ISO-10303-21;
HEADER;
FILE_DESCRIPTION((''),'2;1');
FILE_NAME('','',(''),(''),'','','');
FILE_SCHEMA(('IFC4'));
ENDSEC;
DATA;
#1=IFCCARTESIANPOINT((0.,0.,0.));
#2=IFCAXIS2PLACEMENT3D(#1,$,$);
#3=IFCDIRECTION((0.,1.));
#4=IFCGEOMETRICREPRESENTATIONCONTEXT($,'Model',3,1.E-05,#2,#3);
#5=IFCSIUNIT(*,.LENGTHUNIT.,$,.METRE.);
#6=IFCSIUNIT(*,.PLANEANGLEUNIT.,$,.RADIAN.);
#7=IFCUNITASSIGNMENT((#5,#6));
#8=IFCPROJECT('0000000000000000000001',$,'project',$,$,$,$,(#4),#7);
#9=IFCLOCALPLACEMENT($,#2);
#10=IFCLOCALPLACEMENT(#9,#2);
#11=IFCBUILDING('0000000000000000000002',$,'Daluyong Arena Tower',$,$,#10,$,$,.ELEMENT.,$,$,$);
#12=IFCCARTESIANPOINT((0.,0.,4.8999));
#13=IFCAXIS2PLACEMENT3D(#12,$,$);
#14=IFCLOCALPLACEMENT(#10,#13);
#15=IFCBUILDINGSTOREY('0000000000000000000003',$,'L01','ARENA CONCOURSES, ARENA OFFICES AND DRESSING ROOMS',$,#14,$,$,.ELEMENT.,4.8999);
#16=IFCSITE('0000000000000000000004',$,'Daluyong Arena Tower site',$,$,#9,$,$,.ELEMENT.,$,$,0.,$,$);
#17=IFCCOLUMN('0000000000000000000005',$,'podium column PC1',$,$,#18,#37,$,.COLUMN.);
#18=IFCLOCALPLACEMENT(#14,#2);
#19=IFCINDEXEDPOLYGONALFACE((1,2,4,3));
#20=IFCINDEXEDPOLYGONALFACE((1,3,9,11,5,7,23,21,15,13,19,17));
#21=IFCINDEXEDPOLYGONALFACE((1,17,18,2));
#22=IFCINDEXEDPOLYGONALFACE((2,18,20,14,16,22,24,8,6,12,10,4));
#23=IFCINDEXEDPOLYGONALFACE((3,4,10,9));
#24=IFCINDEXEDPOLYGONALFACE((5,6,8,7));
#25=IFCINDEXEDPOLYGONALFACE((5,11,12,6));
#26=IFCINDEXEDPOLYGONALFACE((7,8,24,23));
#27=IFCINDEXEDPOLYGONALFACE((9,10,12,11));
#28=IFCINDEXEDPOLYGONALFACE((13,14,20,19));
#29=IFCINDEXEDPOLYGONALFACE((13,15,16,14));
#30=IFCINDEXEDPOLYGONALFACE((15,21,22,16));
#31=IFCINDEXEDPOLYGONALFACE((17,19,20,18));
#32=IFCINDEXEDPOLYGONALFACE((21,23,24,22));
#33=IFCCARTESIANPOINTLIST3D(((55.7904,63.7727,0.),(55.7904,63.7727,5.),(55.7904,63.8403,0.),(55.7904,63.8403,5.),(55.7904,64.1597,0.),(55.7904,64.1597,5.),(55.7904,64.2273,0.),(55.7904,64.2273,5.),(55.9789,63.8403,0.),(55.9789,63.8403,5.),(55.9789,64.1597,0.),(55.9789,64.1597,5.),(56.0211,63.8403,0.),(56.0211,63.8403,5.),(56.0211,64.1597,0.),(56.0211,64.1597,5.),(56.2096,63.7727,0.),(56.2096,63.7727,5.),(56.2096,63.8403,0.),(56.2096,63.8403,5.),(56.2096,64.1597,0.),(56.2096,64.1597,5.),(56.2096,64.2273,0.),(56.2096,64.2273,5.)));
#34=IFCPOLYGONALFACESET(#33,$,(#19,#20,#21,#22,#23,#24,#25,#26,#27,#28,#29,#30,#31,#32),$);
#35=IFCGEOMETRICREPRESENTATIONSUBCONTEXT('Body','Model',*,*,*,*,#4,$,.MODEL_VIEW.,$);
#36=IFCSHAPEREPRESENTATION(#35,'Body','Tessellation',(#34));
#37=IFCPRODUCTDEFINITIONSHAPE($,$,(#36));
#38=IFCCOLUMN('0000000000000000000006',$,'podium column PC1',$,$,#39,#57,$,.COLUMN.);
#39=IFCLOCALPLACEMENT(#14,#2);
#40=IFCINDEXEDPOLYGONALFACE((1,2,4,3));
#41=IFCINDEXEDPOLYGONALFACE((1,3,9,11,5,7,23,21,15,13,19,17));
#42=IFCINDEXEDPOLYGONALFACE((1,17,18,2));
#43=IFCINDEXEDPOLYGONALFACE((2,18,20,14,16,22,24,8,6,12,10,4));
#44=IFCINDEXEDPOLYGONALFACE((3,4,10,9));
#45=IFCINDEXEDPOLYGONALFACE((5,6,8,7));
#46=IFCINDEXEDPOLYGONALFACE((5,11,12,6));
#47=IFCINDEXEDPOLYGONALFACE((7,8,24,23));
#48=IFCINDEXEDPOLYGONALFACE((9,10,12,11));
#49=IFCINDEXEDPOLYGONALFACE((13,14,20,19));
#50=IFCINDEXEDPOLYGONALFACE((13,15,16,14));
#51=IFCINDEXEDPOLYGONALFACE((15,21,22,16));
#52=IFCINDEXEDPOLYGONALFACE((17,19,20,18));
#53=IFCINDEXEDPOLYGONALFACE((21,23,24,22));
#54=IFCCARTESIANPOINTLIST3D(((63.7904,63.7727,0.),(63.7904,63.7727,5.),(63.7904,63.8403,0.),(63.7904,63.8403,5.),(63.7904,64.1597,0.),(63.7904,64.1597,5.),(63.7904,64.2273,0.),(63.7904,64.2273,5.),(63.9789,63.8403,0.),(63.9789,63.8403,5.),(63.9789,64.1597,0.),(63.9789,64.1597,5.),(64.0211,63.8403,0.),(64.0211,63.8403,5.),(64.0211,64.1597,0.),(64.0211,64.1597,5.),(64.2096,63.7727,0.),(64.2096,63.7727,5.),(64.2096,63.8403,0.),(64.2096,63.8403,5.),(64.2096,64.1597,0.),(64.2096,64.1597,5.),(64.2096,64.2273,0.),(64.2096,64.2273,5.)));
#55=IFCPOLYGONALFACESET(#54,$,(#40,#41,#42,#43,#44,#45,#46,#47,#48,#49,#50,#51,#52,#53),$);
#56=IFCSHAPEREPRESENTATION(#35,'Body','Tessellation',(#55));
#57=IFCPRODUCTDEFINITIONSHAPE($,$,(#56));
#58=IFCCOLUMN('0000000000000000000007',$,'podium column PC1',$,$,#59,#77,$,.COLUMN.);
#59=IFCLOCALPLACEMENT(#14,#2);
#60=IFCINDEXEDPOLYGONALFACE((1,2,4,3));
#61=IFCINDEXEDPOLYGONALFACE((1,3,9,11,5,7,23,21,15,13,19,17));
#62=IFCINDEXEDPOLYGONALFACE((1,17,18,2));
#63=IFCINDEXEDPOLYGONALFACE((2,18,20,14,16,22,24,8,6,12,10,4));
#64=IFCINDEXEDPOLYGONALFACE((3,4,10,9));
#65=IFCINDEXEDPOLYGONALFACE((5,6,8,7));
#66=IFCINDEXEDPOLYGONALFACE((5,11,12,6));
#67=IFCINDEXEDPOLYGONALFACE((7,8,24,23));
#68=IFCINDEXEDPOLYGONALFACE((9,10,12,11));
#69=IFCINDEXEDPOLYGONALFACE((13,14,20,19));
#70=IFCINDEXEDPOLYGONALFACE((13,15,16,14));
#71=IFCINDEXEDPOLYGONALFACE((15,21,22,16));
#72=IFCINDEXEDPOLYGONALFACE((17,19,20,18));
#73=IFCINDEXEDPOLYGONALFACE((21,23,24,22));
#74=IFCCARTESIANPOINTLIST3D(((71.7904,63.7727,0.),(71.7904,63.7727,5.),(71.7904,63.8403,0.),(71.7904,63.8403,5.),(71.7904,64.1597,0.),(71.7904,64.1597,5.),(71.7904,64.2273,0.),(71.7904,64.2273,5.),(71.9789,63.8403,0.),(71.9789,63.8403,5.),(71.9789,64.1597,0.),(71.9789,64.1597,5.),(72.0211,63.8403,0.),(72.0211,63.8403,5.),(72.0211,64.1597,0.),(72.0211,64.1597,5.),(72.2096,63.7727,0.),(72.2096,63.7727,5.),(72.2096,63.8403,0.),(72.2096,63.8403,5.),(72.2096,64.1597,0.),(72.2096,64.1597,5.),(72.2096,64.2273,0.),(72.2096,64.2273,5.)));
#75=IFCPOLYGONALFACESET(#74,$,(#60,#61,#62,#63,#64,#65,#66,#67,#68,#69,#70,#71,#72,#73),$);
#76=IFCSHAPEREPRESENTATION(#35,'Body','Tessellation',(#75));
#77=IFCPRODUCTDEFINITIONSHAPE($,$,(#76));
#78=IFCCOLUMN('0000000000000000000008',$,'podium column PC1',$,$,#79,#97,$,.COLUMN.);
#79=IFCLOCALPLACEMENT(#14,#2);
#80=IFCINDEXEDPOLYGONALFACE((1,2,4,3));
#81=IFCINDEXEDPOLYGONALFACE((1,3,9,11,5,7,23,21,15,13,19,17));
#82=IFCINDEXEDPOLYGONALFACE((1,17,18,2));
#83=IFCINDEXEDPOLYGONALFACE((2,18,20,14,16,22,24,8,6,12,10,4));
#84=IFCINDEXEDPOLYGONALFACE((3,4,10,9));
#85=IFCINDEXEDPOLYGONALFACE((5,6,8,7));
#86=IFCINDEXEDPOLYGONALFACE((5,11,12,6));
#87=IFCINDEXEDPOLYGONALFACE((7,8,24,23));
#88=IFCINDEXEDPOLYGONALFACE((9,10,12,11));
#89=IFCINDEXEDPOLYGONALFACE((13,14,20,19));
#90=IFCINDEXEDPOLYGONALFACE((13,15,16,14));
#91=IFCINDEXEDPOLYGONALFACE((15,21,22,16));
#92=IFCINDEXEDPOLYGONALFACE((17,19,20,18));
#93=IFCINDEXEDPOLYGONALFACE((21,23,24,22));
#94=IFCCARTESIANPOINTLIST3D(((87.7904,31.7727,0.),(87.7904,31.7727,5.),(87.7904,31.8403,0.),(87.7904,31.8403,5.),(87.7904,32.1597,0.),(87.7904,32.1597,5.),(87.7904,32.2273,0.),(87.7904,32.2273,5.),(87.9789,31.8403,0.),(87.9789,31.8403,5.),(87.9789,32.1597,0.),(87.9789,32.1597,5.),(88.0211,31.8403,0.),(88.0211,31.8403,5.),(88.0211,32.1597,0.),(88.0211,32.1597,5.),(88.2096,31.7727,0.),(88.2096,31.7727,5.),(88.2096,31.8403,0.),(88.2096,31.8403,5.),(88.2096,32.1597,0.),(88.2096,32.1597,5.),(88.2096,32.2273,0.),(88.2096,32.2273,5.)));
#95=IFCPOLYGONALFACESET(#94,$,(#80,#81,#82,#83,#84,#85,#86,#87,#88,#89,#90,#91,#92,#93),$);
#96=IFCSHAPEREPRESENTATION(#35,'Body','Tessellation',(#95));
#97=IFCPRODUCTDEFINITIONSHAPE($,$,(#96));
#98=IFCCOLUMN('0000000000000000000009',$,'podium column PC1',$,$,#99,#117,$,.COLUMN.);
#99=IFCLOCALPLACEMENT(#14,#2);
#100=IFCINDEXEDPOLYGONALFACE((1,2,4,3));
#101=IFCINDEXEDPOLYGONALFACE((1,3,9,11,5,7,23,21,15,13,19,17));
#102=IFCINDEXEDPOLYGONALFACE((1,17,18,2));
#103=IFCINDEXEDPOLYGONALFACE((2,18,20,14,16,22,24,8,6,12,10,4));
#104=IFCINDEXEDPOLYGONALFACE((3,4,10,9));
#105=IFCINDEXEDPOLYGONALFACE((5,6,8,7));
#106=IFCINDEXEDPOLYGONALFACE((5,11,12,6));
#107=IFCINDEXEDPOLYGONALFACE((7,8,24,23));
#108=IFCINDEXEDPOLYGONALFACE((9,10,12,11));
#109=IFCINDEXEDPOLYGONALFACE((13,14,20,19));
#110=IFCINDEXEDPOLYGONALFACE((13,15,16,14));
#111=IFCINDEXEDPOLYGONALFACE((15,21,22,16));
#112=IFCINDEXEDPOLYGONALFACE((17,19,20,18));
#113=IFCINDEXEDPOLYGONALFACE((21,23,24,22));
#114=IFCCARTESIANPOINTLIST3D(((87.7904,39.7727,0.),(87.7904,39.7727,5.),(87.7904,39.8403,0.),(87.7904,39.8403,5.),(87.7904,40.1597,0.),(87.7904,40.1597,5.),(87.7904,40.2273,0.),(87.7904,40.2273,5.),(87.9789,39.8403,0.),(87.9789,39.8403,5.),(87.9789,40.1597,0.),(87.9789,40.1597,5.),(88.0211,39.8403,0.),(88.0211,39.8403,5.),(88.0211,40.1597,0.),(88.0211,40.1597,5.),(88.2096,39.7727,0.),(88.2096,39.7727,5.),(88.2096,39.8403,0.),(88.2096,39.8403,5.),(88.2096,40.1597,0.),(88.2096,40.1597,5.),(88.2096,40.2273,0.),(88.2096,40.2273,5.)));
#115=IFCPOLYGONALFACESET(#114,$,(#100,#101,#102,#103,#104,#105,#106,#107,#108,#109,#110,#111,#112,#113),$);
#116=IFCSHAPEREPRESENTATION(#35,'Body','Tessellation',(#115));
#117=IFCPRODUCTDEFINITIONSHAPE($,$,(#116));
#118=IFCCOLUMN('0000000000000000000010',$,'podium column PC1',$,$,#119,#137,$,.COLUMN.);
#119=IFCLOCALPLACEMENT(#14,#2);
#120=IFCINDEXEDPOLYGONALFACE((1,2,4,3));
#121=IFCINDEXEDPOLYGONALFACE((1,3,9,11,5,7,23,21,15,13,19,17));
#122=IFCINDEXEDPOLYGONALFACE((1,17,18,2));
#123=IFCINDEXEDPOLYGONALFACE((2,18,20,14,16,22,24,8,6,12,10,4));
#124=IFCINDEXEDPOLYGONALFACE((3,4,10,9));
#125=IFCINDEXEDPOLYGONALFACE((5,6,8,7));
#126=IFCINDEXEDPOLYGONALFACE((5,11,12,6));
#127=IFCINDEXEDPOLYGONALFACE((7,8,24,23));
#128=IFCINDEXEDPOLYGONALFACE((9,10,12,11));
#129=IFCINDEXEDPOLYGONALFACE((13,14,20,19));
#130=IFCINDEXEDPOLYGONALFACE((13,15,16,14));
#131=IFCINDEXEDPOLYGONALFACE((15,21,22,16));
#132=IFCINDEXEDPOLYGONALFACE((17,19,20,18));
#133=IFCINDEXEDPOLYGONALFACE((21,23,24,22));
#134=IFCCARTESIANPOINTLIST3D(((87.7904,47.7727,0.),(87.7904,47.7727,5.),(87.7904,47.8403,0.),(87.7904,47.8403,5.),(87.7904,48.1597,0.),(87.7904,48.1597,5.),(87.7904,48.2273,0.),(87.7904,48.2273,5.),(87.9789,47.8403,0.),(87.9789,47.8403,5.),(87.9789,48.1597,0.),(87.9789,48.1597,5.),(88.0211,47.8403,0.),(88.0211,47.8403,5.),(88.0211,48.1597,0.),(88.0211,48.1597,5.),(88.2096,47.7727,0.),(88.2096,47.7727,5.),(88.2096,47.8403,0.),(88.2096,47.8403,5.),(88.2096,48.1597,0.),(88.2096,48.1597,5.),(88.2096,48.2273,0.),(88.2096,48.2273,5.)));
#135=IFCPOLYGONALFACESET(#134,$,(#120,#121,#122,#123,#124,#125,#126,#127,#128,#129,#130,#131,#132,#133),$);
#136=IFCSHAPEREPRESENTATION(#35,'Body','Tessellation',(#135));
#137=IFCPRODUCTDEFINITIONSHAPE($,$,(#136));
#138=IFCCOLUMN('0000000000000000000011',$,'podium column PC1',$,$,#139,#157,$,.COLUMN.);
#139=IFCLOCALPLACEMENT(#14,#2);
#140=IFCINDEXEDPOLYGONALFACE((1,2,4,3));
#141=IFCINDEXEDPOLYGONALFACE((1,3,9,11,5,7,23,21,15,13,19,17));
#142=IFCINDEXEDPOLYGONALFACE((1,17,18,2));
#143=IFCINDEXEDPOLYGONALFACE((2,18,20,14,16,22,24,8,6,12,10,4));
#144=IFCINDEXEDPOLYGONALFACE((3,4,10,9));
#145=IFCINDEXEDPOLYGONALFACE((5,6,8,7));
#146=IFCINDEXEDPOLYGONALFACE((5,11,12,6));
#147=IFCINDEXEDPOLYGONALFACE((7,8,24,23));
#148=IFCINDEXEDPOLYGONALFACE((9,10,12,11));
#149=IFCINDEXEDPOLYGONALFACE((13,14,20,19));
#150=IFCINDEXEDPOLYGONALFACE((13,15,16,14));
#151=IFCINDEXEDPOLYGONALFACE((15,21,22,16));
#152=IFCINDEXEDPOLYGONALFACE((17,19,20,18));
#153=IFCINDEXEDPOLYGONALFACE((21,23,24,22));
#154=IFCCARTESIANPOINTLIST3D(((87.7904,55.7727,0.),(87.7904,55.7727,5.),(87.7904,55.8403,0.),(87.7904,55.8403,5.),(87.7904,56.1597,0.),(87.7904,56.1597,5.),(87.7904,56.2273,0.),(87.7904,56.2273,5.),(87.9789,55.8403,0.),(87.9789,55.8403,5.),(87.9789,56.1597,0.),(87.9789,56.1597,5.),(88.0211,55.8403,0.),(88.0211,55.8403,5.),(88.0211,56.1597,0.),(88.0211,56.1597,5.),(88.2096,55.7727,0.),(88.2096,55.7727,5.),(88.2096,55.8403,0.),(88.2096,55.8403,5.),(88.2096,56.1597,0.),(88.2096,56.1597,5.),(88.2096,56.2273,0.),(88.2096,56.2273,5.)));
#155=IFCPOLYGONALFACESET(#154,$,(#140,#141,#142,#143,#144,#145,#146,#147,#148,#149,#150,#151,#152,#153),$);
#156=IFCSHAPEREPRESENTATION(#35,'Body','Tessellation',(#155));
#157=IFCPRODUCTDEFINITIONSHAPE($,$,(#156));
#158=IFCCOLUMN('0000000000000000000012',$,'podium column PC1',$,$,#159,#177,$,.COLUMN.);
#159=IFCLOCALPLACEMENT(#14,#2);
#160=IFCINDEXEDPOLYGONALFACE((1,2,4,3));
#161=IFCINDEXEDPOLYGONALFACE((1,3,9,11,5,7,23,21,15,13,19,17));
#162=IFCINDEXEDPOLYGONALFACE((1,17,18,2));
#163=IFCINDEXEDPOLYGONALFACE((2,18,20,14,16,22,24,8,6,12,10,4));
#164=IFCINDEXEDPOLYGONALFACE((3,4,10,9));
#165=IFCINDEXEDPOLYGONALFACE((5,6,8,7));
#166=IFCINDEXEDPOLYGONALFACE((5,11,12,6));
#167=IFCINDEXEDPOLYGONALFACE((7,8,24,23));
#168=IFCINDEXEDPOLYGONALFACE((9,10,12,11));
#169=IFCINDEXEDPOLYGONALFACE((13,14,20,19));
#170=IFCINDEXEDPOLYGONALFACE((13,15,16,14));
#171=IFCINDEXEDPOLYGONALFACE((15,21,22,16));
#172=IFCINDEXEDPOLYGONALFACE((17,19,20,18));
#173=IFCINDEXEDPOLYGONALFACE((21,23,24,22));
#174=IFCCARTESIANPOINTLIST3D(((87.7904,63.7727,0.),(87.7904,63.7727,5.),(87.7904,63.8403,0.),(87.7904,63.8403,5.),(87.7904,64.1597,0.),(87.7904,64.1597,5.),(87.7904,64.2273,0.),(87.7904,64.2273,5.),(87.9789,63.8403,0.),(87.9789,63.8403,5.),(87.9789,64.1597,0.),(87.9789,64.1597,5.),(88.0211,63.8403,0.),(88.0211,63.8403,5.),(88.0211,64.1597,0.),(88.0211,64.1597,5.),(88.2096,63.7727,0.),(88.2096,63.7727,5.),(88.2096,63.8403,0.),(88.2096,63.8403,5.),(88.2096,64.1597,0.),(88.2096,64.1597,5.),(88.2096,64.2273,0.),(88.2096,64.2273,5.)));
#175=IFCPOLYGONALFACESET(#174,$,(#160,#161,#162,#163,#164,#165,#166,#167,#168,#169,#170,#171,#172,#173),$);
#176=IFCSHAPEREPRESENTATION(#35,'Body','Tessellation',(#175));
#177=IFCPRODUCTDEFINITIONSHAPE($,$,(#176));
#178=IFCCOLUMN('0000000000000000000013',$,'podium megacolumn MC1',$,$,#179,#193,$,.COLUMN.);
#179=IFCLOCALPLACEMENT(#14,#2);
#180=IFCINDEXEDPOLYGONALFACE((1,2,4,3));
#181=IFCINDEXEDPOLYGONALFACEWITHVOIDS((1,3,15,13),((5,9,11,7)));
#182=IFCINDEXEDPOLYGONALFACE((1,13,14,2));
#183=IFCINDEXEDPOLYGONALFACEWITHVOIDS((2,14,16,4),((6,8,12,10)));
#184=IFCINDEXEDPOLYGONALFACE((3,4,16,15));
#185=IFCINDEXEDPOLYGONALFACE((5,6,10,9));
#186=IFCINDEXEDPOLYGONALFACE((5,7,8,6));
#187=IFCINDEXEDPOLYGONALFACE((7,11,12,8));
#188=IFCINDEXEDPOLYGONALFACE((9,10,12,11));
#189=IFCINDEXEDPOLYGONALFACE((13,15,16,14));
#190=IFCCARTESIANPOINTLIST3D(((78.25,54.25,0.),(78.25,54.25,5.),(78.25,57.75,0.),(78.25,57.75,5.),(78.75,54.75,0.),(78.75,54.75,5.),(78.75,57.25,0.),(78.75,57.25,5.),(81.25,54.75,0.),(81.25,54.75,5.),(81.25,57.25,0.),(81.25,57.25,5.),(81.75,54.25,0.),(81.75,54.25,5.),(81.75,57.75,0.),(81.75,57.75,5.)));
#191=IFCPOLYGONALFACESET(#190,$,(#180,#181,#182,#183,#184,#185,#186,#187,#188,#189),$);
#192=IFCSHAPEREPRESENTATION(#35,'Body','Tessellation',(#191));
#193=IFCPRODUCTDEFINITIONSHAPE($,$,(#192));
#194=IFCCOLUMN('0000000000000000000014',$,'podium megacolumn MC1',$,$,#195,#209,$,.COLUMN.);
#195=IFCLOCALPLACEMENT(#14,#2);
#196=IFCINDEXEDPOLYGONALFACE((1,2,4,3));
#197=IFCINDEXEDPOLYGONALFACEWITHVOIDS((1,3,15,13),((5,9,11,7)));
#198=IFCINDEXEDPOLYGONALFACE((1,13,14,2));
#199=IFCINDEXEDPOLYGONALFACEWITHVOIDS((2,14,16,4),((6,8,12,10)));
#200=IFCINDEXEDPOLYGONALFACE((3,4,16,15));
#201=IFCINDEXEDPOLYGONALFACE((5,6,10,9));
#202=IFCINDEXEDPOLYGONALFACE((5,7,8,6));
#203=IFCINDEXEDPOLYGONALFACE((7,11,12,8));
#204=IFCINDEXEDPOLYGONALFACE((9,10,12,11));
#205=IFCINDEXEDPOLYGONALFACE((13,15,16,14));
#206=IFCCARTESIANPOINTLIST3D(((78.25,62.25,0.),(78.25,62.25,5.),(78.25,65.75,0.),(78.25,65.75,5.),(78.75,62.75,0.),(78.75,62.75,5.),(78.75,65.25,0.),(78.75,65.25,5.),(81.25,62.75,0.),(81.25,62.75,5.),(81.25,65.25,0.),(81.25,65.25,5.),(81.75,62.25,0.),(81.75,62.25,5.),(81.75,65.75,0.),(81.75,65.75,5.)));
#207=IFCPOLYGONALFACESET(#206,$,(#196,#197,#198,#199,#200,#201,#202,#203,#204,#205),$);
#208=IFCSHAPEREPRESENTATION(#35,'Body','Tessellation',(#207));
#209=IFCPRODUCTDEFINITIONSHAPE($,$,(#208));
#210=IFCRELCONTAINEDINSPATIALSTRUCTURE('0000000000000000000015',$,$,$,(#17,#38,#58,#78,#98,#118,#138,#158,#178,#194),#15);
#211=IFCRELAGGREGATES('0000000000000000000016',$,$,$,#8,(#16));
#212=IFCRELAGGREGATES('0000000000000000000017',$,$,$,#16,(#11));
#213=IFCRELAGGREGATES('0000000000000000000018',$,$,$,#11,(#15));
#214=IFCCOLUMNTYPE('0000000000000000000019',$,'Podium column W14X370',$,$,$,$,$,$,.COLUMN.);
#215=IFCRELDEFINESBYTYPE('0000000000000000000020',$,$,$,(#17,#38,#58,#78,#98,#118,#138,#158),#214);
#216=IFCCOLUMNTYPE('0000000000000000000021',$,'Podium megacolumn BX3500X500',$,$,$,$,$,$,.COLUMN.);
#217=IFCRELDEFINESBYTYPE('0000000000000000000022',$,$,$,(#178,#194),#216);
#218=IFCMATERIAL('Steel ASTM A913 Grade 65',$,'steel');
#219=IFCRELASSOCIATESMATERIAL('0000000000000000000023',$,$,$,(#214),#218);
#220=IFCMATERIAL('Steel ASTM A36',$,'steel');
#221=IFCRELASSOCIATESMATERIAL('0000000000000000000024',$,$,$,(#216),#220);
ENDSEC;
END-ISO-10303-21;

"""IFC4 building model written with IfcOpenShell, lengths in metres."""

from ifc_helpers import new_model, si_unit, direction, frame, origin, origin_2d, place, context, subcontext, project, spatial, hollow_rectangle, i_section, extrude, material, material_profile, profile_set, type_object, element, save


model = new_model("IFC4")

# Units and contexts
model_context = context("Model", 3, precision=1e-05, world=origin(), true_north=direction((0.0, 1.0)))
body_context = subcontext(model_context, "Body", "Model", "MODEL_VIEW")
ifc_project = project(units=[si_unit("LENGTHUNIT", "METRE"), si_unit("PLANEANGLEUNIT", "RADIAN")], contexts=[model_context])

# Site, building, storey
site_placement = place(None, origin())
site = spatial("IfcSite", under=ifc_project, at=site_placement, Name="Daluyong Arena Tower site", CompositionType="ELEMENT", RefElevation=0.0)
building_placement = place(site_placement, origin())
building = spatial("IfcBuilding", under=site, at=building_placement, Name="Daluyong Arena Tower", CompositionType="ELEMENT")
storey_placement = place(building_placement, frame((0.0, 0.0, 4.8999)))
storey = spatial("IfcBuildingStorey", under=building, at=storey_placement, Name="L01", Description="ARENA CONCOURSES, ARENA OFFICES AND DRESSING ROOMS", CompositionType="ELEMENT", Elevation=4.8999)

# Columns
ifc_material_1 = material(Name="Steel ASTM A913 Grade 65", Category="steel")
ifc_material_profile_1 = material_profile(ifc_material_1, i_section(OverallWidth=0.4192, OverallDepth=0.4546, WebThickness=0.0422, FlangeThickness=0.0676, at=origin_2d()))
ifc_profile_set_1 = profile_set([ifc_material_profile_1], Name="Steel ASTM A913 Grade 65")
column_type_1 = type_object("IfcColumnType", Name="Podium column W14X370", PredefinedType="COLUMN", material=ifc_profile_set_1)
for number, where, z_axis, x_axis, name in (
    (1, (56.0, 64.0, 0.0), (0.0, 0.0, 1.0), (1.0, 0.0, 0.0), "podium column PC1"),
    (2, (64.0, 64.0, 0.0), (0.0, 0.0, 1.0), (1.0, 0.0, 0.0), "podium column PC1"),
    (3, (72.0, 64.0, 0.0), (0.0, 0.0, 1.0), (1.0, 0.0, 0.0), "podium column PC1"),
    (4, (88.0, 32.0, 0.0), (0.0, 0.0, 1.0), (1.0, 0.0, 0.0), "podium column PC1"),
    (5, (88.0, 40.0, 0.0), (0.0, 0.0, 1.0), (1.0, 0.0, 0.0), "podium column PC1"),
    (6, (88.0, 48.0, 0.0), (0.0, 0.0, 1.0), (1.0, 0.0, 0.0), "podium column PC1"),
    (7, (88.0, 56.0, 0.0), (0.0, 0.0, 1.0), (1.0, 0.0, 0.0), "podium column PC1"),
    (8, (88.0, 64.0, 0.0), (0.0, 0.0, 1.0), (1.0, 0.0, 0.0), "podium column PC1"),
):
    element("IfcColumn", number, at=place(storey_placement, frame(where, z_axis=z_axis, x_axis=x_axis)), inside=storey, type_object=column_type_1, Name=name, PredefinedType="COLUMN", context=body_context, shape_type="SweptSolid", body=[
        extrude(i_section(OverallWidth=0.4192, OverallDepth=0.4546, WebThickness=0.0422, FlangeThickness=0.0676, at=origin_2d()), origin(), (0.0, 0.0, 1.0), 5.0),
    ])
ifc_material_2 = material(Name="Steel ASTM A36", Category="steel")
ifc_material_profile_2 = material_profile(ifc_material_2, hollow_rectangle(XDim=3.5, YDim=3.5, WallThickness=0.5, at=origin_2d()))
ifc_profile_set_2 = profile_set([ifc_material_profile_2], Name="Steel ASTM A36")
column_type_2 = type_object("IfcColumnType", Name="Podium megacolumn BX3500X500", PredefinedType="COLUMN", material=ifc_profile_set_2)
for number, where, z_axis, x_axis, name in (
    (9, (80.0, 56.0, 0.0), (0.0, 0.0, 1.0), (1.0, 0.0, 0.0), "podium megacolumn MC1"),
    (10, (80.0, 64.0, 0.0), (0.0, 0.0, 1.0), (1.0, 0.0, 0.0), "podium megacolumn MC1"),
):
    element("IfcColumn", number, at=place(storey_placement, frame(where, z_axis=z_axis, x_axis=x_axis)), inside=storey, type_object=column_type_2, Name=name, PredefinedType="COLUMN", context=body_context, shape_type="SweptSolid", body=[
        extrude(hollow_rectangle(XDim=3.5, YDim=3.5, WallThickness=0.5, at=origin_2d()), origin(), (0.0, 0.0, 1.0), 5.0),
    ])

save(model, "model.ifc")
